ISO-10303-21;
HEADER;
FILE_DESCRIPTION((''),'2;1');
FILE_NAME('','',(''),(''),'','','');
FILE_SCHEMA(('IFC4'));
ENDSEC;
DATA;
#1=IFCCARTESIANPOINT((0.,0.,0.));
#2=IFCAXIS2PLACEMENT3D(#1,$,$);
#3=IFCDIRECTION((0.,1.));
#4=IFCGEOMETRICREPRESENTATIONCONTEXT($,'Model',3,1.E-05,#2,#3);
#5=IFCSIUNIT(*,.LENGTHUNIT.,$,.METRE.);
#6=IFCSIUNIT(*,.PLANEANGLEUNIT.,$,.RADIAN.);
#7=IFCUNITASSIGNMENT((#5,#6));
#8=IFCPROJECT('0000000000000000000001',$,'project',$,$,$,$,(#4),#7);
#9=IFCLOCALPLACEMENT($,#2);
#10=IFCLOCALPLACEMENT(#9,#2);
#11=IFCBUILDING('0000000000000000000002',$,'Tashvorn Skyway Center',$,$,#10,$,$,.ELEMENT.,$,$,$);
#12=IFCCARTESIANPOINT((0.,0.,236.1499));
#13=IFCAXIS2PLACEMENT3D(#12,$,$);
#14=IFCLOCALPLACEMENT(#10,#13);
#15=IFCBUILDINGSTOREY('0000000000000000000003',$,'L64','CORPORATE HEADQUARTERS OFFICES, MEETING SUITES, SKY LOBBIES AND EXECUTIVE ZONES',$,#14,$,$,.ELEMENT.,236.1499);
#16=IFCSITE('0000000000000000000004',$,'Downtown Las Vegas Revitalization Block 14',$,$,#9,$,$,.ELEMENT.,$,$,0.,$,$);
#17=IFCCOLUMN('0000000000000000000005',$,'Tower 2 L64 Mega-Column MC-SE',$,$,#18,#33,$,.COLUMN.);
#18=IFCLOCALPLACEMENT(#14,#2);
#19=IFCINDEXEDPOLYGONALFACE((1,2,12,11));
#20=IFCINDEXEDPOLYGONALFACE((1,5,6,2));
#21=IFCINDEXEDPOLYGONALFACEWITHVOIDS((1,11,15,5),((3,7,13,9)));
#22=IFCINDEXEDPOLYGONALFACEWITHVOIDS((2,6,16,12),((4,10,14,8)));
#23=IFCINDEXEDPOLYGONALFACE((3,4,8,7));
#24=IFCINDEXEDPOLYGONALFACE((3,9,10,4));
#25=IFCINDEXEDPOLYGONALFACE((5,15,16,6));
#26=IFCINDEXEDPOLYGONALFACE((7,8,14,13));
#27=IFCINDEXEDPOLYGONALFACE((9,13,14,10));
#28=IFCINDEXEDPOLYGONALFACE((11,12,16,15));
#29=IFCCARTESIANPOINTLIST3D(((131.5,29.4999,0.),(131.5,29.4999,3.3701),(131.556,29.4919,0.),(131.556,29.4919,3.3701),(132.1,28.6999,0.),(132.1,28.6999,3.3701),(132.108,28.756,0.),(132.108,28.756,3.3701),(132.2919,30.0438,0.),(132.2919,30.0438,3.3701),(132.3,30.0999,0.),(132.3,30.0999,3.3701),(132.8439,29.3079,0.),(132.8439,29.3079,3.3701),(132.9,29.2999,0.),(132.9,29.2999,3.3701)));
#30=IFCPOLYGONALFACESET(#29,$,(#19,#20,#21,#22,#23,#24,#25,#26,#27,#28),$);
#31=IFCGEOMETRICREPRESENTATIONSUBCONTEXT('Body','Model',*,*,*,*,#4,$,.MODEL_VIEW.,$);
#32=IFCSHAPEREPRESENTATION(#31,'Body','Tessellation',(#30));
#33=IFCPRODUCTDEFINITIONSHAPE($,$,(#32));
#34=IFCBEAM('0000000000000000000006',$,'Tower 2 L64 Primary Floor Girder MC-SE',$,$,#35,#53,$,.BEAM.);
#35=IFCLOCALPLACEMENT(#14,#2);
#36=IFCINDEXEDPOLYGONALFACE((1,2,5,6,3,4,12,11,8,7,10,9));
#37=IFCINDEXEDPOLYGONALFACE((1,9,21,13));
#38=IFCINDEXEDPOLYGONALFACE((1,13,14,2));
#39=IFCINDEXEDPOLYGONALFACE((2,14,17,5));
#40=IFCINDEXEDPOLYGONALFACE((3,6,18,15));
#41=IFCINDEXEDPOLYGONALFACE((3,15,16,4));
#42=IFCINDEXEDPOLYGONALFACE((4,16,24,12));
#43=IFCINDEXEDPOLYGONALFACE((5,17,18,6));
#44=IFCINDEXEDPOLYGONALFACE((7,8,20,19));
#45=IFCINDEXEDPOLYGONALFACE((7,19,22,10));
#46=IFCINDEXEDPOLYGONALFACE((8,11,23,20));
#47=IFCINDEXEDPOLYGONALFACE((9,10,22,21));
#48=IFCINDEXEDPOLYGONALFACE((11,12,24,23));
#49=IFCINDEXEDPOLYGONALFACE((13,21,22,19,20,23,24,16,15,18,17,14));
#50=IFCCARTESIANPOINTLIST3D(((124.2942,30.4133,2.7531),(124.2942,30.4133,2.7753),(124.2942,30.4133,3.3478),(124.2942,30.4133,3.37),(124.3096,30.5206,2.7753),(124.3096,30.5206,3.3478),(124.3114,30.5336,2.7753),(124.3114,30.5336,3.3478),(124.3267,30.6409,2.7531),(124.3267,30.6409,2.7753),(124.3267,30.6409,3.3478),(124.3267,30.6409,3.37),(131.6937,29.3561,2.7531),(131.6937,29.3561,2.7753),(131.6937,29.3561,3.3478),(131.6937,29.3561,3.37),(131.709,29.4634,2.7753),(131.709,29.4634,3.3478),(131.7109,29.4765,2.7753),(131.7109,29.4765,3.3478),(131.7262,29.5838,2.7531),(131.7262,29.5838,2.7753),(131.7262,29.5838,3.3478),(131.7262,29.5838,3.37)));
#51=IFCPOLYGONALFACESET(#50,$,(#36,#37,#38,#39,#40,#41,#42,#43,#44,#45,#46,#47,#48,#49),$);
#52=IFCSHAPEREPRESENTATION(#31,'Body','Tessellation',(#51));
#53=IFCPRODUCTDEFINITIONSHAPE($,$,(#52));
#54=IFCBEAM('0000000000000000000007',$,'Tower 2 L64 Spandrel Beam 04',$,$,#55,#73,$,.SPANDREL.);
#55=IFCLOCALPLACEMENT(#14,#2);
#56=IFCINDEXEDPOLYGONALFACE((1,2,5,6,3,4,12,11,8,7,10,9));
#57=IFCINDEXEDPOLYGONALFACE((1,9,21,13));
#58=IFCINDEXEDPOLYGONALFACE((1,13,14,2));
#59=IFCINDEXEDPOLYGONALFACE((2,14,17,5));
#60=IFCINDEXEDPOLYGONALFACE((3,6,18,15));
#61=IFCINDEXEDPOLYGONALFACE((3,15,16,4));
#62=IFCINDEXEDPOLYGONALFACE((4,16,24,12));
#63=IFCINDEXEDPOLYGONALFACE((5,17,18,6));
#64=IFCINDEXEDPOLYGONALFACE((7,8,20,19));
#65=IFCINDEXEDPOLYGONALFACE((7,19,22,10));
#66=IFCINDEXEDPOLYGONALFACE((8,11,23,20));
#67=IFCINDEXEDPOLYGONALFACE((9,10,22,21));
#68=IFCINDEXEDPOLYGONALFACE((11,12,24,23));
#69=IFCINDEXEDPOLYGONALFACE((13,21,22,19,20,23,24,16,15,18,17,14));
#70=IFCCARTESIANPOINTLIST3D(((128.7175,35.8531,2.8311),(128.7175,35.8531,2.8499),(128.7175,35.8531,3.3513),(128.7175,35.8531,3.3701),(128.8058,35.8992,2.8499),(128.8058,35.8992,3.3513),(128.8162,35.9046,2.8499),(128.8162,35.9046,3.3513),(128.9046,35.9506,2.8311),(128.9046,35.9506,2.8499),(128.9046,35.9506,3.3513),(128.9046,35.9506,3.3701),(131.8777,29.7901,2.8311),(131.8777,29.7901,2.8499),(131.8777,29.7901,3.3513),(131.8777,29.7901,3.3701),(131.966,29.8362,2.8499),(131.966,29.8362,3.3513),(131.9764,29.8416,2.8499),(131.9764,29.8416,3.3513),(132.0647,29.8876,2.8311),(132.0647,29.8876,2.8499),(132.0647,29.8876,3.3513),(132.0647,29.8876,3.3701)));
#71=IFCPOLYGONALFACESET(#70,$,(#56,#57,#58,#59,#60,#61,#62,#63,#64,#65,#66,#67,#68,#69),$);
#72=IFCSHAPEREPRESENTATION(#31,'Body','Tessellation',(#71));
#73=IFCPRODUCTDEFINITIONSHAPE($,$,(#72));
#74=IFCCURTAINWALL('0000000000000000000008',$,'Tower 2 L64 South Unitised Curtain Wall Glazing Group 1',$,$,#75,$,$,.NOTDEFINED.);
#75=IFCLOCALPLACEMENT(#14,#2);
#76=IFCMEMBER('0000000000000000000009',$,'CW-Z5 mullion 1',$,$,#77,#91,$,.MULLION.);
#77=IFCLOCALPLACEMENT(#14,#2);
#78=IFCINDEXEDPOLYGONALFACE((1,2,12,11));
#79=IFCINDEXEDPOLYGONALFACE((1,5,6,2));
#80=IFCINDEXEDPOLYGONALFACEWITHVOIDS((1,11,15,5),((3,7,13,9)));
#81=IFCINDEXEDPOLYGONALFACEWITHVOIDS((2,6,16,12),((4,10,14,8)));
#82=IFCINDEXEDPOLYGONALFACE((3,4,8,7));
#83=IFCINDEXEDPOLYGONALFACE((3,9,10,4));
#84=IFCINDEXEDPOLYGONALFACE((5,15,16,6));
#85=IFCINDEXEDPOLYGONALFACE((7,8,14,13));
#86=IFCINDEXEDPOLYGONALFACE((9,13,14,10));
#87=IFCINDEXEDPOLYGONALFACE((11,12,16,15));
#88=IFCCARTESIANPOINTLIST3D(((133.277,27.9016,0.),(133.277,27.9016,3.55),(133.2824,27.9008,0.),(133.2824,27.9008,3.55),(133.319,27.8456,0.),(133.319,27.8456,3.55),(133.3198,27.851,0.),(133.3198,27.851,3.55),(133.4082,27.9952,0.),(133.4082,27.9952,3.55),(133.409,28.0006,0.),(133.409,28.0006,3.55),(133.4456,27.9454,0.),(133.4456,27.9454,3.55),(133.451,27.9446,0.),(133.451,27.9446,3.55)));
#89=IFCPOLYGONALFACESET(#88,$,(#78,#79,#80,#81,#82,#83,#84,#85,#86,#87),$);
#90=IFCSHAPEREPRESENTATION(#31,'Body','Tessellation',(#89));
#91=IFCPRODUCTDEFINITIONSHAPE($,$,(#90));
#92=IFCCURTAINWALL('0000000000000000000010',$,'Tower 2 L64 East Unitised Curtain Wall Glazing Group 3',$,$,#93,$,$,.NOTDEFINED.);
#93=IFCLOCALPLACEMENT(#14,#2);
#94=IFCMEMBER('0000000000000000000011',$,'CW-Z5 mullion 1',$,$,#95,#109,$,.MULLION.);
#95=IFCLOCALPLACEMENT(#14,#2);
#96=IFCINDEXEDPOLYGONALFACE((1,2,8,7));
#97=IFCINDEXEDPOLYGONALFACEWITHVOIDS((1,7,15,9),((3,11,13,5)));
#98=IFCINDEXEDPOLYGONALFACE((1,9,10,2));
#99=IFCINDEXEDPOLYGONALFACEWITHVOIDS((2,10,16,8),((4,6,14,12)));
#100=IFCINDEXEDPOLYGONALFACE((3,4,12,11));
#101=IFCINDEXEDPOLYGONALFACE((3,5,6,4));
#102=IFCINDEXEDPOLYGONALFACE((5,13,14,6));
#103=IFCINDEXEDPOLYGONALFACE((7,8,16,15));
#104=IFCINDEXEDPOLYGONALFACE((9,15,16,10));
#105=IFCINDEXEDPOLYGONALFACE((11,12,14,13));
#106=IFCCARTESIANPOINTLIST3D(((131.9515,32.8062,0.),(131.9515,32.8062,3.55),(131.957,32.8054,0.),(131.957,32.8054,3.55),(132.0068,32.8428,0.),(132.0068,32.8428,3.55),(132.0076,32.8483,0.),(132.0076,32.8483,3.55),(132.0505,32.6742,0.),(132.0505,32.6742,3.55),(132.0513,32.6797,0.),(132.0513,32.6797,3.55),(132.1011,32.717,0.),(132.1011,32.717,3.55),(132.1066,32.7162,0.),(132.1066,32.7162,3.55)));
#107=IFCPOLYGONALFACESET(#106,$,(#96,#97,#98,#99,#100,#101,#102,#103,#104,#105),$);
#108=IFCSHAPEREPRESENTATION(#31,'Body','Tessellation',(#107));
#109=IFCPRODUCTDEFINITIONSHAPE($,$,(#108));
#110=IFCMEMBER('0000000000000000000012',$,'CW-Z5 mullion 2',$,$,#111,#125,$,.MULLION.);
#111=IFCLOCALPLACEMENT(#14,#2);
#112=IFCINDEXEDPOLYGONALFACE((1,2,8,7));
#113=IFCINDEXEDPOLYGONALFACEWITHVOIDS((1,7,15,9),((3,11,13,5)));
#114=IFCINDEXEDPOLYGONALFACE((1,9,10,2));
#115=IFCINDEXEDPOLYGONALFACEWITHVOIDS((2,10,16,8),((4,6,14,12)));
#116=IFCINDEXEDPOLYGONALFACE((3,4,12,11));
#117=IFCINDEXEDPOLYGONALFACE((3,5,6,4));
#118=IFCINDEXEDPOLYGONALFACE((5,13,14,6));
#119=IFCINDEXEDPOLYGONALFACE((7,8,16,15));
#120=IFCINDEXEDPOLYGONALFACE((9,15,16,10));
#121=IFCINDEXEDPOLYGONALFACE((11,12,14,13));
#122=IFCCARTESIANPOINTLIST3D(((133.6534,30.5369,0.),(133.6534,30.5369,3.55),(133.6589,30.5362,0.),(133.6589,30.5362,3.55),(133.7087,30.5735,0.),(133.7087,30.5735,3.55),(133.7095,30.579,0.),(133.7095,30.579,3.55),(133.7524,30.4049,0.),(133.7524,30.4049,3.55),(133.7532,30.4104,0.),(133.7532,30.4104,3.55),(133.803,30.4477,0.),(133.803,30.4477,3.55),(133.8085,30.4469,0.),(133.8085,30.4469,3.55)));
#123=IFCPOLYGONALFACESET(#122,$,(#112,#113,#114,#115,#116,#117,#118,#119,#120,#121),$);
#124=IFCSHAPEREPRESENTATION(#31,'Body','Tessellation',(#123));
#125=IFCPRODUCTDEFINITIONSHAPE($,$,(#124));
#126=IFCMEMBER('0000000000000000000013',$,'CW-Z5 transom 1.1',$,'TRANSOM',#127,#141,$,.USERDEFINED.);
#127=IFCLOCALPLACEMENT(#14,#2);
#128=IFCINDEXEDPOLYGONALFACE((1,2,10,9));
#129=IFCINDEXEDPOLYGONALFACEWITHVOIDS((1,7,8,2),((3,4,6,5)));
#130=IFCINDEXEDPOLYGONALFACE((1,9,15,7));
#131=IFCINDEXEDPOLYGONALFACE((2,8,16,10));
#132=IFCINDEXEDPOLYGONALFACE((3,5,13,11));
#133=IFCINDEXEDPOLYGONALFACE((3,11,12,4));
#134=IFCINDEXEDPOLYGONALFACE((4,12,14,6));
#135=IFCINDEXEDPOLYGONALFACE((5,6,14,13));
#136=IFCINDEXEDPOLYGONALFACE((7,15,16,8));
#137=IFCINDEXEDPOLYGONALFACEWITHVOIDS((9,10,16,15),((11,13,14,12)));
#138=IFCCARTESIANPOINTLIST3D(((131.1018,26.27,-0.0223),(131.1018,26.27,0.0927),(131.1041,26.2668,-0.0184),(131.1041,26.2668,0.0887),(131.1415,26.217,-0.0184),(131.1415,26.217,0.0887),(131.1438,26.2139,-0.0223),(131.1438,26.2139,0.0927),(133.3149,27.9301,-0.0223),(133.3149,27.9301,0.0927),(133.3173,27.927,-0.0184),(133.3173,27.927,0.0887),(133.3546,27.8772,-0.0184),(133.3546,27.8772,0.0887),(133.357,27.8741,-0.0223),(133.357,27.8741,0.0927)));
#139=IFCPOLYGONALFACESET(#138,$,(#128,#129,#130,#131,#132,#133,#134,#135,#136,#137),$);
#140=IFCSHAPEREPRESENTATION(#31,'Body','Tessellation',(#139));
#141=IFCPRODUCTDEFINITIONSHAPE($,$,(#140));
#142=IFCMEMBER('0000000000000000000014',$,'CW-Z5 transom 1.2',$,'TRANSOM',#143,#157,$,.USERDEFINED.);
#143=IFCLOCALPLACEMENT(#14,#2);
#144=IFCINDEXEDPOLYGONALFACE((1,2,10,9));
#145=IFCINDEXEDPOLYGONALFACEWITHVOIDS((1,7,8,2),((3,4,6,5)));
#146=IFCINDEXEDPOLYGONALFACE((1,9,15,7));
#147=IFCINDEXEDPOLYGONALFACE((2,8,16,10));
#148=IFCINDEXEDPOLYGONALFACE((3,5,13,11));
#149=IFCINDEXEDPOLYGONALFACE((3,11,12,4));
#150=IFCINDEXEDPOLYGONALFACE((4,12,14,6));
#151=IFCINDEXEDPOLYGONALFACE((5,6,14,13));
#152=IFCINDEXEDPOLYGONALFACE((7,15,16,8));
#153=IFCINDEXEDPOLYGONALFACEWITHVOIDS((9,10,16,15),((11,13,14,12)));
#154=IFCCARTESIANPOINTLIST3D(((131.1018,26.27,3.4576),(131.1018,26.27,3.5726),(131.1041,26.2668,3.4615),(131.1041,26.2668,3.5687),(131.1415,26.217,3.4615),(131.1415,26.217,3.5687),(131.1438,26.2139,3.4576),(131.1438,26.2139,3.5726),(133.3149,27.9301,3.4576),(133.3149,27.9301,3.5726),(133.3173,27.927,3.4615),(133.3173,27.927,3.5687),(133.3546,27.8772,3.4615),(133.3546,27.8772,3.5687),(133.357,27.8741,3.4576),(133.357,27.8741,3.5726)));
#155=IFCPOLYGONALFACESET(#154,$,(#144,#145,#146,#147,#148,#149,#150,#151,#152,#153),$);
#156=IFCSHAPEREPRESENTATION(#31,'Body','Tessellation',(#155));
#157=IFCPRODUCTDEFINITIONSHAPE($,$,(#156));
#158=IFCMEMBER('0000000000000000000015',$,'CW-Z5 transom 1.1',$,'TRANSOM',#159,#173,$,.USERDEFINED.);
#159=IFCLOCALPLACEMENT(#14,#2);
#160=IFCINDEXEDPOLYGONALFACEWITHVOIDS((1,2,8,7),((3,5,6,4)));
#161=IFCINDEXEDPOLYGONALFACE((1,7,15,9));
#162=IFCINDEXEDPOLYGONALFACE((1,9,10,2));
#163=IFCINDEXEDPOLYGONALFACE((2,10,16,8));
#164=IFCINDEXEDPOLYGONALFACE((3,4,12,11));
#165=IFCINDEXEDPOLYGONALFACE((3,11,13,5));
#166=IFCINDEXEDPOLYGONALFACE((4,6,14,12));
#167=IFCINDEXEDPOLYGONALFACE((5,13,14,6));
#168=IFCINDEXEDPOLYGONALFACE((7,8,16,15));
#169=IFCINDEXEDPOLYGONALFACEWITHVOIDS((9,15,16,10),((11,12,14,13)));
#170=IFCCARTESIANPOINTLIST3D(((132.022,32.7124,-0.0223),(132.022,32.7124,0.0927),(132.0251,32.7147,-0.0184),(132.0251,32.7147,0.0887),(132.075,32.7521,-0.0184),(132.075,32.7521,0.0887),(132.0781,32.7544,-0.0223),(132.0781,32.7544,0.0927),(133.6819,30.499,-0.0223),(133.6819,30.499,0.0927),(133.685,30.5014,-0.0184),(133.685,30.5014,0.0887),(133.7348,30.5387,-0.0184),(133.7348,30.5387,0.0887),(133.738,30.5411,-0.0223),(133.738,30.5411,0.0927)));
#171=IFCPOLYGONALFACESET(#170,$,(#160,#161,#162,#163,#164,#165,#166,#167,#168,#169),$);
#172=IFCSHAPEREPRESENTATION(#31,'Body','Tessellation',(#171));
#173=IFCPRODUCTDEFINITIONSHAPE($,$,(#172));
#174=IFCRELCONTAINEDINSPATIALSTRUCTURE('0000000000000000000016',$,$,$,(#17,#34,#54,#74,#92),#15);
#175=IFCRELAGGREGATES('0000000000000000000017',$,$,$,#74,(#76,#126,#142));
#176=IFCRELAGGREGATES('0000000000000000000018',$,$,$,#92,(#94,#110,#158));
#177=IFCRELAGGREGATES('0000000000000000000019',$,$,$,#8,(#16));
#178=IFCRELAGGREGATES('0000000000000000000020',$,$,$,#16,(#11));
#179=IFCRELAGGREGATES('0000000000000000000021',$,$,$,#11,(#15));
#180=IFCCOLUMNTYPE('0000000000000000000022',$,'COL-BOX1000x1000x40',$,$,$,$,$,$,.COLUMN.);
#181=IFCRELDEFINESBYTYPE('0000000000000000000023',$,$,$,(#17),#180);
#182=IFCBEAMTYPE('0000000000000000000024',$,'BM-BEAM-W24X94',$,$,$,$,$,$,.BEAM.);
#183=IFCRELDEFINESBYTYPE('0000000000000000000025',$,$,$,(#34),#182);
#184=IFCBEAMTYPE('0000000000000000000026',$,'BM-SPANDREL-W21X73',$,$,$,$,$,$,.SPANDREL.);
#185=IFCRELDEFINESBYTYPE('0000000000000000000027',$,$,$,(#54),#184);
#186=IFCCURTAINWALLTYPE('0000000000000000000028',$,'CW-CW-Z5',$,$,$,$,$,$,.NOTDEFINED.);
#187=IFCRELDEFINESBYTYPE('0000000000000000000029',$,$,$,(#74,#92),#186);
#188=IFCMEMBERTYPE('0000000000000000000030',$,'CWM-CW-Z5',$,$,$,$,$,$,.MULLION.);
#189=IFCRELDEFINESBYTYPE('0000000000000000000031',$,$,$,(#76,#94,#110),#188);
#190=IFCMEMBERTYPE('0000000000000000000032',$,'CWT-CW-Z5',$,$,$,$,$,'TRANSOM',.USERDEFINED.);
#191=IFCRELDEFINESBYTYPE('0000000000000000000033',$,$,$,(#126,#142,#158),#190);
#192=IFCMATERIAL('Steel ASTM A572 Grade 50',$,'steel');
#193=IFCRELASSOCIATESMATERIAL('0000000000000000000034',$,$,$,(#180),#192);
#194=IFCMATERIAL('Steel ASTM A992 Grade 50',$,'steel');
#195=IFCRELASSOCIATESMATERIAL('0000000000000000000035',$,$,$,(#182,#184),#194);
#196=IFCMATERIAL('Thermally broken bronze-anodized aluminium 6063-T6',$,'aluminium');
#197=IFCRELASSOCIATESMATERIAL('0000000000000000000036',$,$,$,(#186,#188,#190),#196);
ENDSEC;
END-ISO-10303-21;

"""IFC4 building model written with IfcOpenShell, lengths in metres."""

from ifc_helpers import new_model, si_unit, direction, frame, origin, origin_2d, place, context, subcontext, project, spatial, hollow_rectangle, i_section, extrude, material, material_profile, profile_set, type_object, element, aggregate, save


model = new_model("IFC4")

# Units and contexts
model_context = context("Model", 3, precision=1e-05, world=origin(), true_north=direction((0.0, 1.0)))
body_context = subcontext(model_context, "Body", "Model", "MODEL_VIEW")
ifc_project = project(units=[si_unit("LENGTHUNIT", "METRE"), si_unit("PLANEANGLEUNIT", "RADIAN")], contexts=[model_context])

# Site, building, storey
site_placement = place(None, origin())
site = spatial("IfcSite", under=ifc_project, at=site_placement, Name="Downtown Las Vegas Revitalization Block 14", CompositionType="ELEMENT", RefElevation=0.0)
building_placement = place(site_placement, origin())
building = spatial("IfcBuilding", under=site, at=building_placement, Name="Tashvorn Skyway Center", CompositionType="ELEMENT")
storey_placement = place(building_placement, frame((0.0, 0.0, 236.1499)))
storey = spatial("IfcBuildingStorey", under=building, at=storey_placement, Name="L64", Description="CORPORATE HEADQUARTERS OFFICES, MEETING SUITES, SKY LOBBIES AND EXECUTIVE ZONES", CompositionType="ELEMENT", Elevation=236.1499)

# Column
ifc_material_1 = material(Name="Steel ASTM A572 Grade 50", Category="steel")
ifc_material_profile_1 = material_profile(ifc_material_1, hollow_rectangle(XDim=1.0, YDim=1.0, WallThickness=0.04, at=origin_2d()), Name="BOX1000x1000x40")
ifc_profile_set_1 = profile_set([ifc_material_profile_1], Name="Steel ASTM A572 Grade 50")
column_type = type_object("IfcColumnType", Name="COL-BOX1000x1000x40", PredefinedType="COLUMN", material=ifc_profile_set_1)
column_placement = place(storey_placement, frame((132.2, 29.3999, 0.0), z_axis=(0.0, 0.0, 1.0), x_axis=(0.8, 0.6, 0.0)))
element("IfcColumn", 1, at=column_placement, inside=storey, type_object=column_type, Name="Tower 2 L64 Mega-Column MC-SE", PredefinedType="COLUMN", context=body_context, shape_type="SweptSolid", body=[
    extrude(hollow_rectangle(XDim=1.0, YDim=1.0, WallThickness=0.04, at=origin_2d()), origin(), (0.0, 0.0, 1.0), 3.3701),
])

# Beams
ifc_material_2 = material(Name="Steel ASTM A992 Grade 50", Category="steel")
ifc_material_profile_2 = material_profile(ifc_material_2, i_section(OverallWidth=0.23, OverallDepth=0.6169, WebThickness=0.0132, FlangeThickness=0.0222, at=origin_2d()), Name="W24X94")
ifc_profile_set_2 = profile_set([ifc_material_profile_2], Name="Steel ASTM A992 Grade 50")
beam_type_1 = type_object("IfcBeamType", Name="BM-BEAM-W24X94", PredefinedType="BEAM", material=ifc_profile_set_2)
beam_1_placement = place(storey_placement, frame((131.71, 29.47, 3.0615), z_axis=(-0.989948, 0.141431, 0.0), x_axis=(-0.141431, -0.989948, 0.0)))
element("IfcBeam", 2, at=beam_1_placement, inside=storey, type_object=beam_type_1, Name="Tower 2 L64 Primary Floor Girder MC-SE", PredefinedType="BEAM", context=body_context, shape_type="SweptSolid", body=[
    extrude(i_section(OverallWidth=0.23, OverallDepth=0.6169, WebThickness=0.0132, FlangeThickness=0.0222, at=origin_2d()), origin(), (0.0, 0.0, 1.0), 7.4746),
])
ifc_material_profile_3 = material_profile(ifc_material_2, i_section(OverallWidth=0.2109, OverallDepth=0.5391, WebThickness=0.0117, FlangeThickness=0.0188, at=origin_2d()), Name="W21X73")
ifc_profile_set_3 = profile_set([ifc_material_profile_3], Name="Steel ASTM A992 Grade 50")
beam_type_2 = type_object("IfcBeamType", Name="BM-SPANDREL-W21X73", PredefinedType="SPANDREL", material=ifc_profile_set_3)
beam_2_placement = place(storey_placement, frame((131.9712, 29.8389, 3.1006), z_axis=(-0.462205, 0.886773, 0.0), x_axis=(-0.886773, -0.462205, 0.0)))
element("IfcBeam", 3, at=beam_2_placement, inside=storey, type_object=beam_type_2, Name="Tower 2 L64 Spandrel Beam 04", PredefinedType="SPANDREL", context=body_context, shape_type="SweptSolid", body=[
    extrude(i_section(OverallWidth=0.2109, OverallDepth=0.5391, WebThickness=0.0117, FlangeThickness=0.0188, at=origin_2d()), origin(), (0.0, 0.0, 1.0), 6.8372),
])

# Curtain wall, member
ifc_material_3 = material(Name="Thermally broken bronze-anodized aluminium 6063-T6", Category="aluminium")
curtain_wall_type = type_object("IfcCurtainWallType", Name="CW-CW-Z5", PredefinedType="NOTDEFINED", material=ifc_material_3)
curtain_wall_1_placement = place(storey_placement, origin())
curtain_wall_1 = element("IfcCurtainWall", 4, at=curtain_wall_1_placement, inside=storey, type_object=curtain_wall_type, Name="Tower 2 L64 South Unitised Curtain Wall Glazing Group 1", PredefinedType="NOTDEFINED")
ifc_material_profile_4 = material_profile(ifc_material_3, hollow_rectangle(XDim=0.0701, YDim=0.165, WallThickness=0.0039, at=origin_2d()), Name="ALU-MULL-70x165")
ifc_profile_set_4 = profile_set([ifc_material_profile_4], Name="Thermally broken bronze-anodized aluminium 6063-T6")
member_type_1 = type_object("IfcMemberType", Name="CWM-CW-Z5", PredefinedType="MULLION", material=ifc_profile_set_4)
member_1_placement = place(storey_placement, frame((133.364, 27.9231, 0.0), z_axis=(0.0, 0.0, 1.0), x_axis=(0.600006, -0.799996, 0.0)))
member_1 = element("IfcMember", 5, at=member_1_placement, type_object=member_type_1, Name="CW-Z5 mullion 1", PredefinedType="MULLION", context=body_context, shape_type="SweptSolid", body=[
    extrude(hollow_rectangle(XDim=0.0701, YDim=0.165, WallThickness=0.0039, at=origin_2d()), origin(), (0.0, 0.0, 1.0), 3.55),
])

# Curtain wall, members
curtain_wall_2_placement = place(storey_placement, origin())
curtain_wall_2 = element("IfcCurtainWall", 6, at=curtain_wall_2_placement, inside=storey, type_object=curtain_wall_type, Name="Tower 2 L64 East Unitised Curtain Wall Glazing Group 3", PredefinedType="NOTDEFINED")
member_2_placement = place(storey_placement, frame((132.0291, 32.7612, 0.0), z_axis=(0.0, 0.0, 1.0), x_axis=(0.799996, 0.600006, 0.0)))
member_2 = element("IfcMember", 7, at=member_2_placement, type_object=member_type_1, Name="CW-Z5 mullion 1", PredefinedType="MULLION", context=body_context, shape_type="SweptSolid", body=[
    extrude(hollow_rectangle(XDim=0.0701, YDim=0.165, WallThickness=0.0039, at=origin_2d()), origin(), (0.0, 0.0, 1.0), 3.55),
])
member_3_placement = place(storey_placement, frame((133.731, 30.4919, 0.0), z_axis=(0.0, 0.0, 1.0), x_axis=(0.799996, 0.600006, 0.0)))
member_3 = element("IfcMember", 8, at=member_3_placement, type_object=member_type_1, Name="CW-Z5 mullion 2", PredefinedType="MULLION", context=body_context, shape_type="SweptSolid", body=[
    extrude(hollow_rectangle(XDim=0.0701, YDim=0.165, WallThickness=0.0039, at=origin_2d()), origin(), (0.0, 0.0, 1.0), 3.55),
])

# Members
ifc_material_profile_5 = material_profile(ifc_material_3, hollow_rectangle(XDim=0.0701, YDim=0.115, WallThickness=0.0039, at=origin_2d()), Name="ALU-TRAN-70x115")
ifc_profile_set_5 = profile_set([ifc_material_profile_5], Name="Thermally broken bronze-anodized aluminium 6063-T6")
member_type_2 = type_object("IfcMemberType", Name="CWT-CW-Z5", ElementType="TRANSOM", PredefinedType="USERDEFINED", material=ifc_profile_set_5)
member_4_placement = place(storey_placement, frame((133.3359, 27.9021, 0.0352), z_axis=(-0.799947, -0.600071, 0.0), x_axis=(0.600071, -0.799947, 0.0)))
member_4 = element("IfcMember", 9, at=member_4_placement, type_object=member_type_2, Name="CW-Z5 transom 1.1", ObjectType="TRANSOM", PredefinedType="USERDEFINED", context=body_context, shape_type="SweptSolid", body=[
    extrude(hollow_rectangle(XDim=0.0701, YDim=0.115, WallThickness=0.0039, at=origin_2d()), origin(), (0.0, 0.0, 1.0), 2.7666),
])
member_5_placement = place(storey_placement, frame((133.3359, 27.9021, 3.5151), z_axis=(-0.799947, -0.600071, 0.0), x_axis=(0.600071, -0.799947, 0.0)))
member_5 = element("IfcMember", 10, at=member_5_placement, type_object=member_type_2, Name="CW-Z5 transom 1.2", ObjectType="TRANSOM", PredefinedType="USERDEFINED", context=body_context, shape_type="SweptSolid", body=[
    extrude(hollow_rectangle(XDim=0.0701, YDim=0.115, WallThickness=0.0039, at=origin_2d()), origin(), (0.0, 0.0, 1.0), 2.7666),
])
member_6_placement = place(storey_placement, frame((132.05, 32.7334, 0.0352), z_axis=(0.599972, -0.800021, 0.0), x_axis=(0.800021, 0.599972, 0.0)))
member_6 = element("IfcMember", 11, at=member_6_placement, type_object=member_type_2, Name="CW-Z5 transom 1.1", ObjectType="TRANSOM", PredefinedType="USERDEFINED", context=body_context, shape_type="SweptSolid", body=[
    extrude(hollow_rectangle(XDim=0.0701, YDim=0.115, WallThickness=0.0039, at=origin_2d()), origin(), (0.0, 0.0, 1.0), 2.7666),
])

aggregate(curtain_wall_1, [member_1, member_4, member_5])
aggregate(curtain_wall_2, [member_2, member_3, member_6])

save(model, "model.ifc")
